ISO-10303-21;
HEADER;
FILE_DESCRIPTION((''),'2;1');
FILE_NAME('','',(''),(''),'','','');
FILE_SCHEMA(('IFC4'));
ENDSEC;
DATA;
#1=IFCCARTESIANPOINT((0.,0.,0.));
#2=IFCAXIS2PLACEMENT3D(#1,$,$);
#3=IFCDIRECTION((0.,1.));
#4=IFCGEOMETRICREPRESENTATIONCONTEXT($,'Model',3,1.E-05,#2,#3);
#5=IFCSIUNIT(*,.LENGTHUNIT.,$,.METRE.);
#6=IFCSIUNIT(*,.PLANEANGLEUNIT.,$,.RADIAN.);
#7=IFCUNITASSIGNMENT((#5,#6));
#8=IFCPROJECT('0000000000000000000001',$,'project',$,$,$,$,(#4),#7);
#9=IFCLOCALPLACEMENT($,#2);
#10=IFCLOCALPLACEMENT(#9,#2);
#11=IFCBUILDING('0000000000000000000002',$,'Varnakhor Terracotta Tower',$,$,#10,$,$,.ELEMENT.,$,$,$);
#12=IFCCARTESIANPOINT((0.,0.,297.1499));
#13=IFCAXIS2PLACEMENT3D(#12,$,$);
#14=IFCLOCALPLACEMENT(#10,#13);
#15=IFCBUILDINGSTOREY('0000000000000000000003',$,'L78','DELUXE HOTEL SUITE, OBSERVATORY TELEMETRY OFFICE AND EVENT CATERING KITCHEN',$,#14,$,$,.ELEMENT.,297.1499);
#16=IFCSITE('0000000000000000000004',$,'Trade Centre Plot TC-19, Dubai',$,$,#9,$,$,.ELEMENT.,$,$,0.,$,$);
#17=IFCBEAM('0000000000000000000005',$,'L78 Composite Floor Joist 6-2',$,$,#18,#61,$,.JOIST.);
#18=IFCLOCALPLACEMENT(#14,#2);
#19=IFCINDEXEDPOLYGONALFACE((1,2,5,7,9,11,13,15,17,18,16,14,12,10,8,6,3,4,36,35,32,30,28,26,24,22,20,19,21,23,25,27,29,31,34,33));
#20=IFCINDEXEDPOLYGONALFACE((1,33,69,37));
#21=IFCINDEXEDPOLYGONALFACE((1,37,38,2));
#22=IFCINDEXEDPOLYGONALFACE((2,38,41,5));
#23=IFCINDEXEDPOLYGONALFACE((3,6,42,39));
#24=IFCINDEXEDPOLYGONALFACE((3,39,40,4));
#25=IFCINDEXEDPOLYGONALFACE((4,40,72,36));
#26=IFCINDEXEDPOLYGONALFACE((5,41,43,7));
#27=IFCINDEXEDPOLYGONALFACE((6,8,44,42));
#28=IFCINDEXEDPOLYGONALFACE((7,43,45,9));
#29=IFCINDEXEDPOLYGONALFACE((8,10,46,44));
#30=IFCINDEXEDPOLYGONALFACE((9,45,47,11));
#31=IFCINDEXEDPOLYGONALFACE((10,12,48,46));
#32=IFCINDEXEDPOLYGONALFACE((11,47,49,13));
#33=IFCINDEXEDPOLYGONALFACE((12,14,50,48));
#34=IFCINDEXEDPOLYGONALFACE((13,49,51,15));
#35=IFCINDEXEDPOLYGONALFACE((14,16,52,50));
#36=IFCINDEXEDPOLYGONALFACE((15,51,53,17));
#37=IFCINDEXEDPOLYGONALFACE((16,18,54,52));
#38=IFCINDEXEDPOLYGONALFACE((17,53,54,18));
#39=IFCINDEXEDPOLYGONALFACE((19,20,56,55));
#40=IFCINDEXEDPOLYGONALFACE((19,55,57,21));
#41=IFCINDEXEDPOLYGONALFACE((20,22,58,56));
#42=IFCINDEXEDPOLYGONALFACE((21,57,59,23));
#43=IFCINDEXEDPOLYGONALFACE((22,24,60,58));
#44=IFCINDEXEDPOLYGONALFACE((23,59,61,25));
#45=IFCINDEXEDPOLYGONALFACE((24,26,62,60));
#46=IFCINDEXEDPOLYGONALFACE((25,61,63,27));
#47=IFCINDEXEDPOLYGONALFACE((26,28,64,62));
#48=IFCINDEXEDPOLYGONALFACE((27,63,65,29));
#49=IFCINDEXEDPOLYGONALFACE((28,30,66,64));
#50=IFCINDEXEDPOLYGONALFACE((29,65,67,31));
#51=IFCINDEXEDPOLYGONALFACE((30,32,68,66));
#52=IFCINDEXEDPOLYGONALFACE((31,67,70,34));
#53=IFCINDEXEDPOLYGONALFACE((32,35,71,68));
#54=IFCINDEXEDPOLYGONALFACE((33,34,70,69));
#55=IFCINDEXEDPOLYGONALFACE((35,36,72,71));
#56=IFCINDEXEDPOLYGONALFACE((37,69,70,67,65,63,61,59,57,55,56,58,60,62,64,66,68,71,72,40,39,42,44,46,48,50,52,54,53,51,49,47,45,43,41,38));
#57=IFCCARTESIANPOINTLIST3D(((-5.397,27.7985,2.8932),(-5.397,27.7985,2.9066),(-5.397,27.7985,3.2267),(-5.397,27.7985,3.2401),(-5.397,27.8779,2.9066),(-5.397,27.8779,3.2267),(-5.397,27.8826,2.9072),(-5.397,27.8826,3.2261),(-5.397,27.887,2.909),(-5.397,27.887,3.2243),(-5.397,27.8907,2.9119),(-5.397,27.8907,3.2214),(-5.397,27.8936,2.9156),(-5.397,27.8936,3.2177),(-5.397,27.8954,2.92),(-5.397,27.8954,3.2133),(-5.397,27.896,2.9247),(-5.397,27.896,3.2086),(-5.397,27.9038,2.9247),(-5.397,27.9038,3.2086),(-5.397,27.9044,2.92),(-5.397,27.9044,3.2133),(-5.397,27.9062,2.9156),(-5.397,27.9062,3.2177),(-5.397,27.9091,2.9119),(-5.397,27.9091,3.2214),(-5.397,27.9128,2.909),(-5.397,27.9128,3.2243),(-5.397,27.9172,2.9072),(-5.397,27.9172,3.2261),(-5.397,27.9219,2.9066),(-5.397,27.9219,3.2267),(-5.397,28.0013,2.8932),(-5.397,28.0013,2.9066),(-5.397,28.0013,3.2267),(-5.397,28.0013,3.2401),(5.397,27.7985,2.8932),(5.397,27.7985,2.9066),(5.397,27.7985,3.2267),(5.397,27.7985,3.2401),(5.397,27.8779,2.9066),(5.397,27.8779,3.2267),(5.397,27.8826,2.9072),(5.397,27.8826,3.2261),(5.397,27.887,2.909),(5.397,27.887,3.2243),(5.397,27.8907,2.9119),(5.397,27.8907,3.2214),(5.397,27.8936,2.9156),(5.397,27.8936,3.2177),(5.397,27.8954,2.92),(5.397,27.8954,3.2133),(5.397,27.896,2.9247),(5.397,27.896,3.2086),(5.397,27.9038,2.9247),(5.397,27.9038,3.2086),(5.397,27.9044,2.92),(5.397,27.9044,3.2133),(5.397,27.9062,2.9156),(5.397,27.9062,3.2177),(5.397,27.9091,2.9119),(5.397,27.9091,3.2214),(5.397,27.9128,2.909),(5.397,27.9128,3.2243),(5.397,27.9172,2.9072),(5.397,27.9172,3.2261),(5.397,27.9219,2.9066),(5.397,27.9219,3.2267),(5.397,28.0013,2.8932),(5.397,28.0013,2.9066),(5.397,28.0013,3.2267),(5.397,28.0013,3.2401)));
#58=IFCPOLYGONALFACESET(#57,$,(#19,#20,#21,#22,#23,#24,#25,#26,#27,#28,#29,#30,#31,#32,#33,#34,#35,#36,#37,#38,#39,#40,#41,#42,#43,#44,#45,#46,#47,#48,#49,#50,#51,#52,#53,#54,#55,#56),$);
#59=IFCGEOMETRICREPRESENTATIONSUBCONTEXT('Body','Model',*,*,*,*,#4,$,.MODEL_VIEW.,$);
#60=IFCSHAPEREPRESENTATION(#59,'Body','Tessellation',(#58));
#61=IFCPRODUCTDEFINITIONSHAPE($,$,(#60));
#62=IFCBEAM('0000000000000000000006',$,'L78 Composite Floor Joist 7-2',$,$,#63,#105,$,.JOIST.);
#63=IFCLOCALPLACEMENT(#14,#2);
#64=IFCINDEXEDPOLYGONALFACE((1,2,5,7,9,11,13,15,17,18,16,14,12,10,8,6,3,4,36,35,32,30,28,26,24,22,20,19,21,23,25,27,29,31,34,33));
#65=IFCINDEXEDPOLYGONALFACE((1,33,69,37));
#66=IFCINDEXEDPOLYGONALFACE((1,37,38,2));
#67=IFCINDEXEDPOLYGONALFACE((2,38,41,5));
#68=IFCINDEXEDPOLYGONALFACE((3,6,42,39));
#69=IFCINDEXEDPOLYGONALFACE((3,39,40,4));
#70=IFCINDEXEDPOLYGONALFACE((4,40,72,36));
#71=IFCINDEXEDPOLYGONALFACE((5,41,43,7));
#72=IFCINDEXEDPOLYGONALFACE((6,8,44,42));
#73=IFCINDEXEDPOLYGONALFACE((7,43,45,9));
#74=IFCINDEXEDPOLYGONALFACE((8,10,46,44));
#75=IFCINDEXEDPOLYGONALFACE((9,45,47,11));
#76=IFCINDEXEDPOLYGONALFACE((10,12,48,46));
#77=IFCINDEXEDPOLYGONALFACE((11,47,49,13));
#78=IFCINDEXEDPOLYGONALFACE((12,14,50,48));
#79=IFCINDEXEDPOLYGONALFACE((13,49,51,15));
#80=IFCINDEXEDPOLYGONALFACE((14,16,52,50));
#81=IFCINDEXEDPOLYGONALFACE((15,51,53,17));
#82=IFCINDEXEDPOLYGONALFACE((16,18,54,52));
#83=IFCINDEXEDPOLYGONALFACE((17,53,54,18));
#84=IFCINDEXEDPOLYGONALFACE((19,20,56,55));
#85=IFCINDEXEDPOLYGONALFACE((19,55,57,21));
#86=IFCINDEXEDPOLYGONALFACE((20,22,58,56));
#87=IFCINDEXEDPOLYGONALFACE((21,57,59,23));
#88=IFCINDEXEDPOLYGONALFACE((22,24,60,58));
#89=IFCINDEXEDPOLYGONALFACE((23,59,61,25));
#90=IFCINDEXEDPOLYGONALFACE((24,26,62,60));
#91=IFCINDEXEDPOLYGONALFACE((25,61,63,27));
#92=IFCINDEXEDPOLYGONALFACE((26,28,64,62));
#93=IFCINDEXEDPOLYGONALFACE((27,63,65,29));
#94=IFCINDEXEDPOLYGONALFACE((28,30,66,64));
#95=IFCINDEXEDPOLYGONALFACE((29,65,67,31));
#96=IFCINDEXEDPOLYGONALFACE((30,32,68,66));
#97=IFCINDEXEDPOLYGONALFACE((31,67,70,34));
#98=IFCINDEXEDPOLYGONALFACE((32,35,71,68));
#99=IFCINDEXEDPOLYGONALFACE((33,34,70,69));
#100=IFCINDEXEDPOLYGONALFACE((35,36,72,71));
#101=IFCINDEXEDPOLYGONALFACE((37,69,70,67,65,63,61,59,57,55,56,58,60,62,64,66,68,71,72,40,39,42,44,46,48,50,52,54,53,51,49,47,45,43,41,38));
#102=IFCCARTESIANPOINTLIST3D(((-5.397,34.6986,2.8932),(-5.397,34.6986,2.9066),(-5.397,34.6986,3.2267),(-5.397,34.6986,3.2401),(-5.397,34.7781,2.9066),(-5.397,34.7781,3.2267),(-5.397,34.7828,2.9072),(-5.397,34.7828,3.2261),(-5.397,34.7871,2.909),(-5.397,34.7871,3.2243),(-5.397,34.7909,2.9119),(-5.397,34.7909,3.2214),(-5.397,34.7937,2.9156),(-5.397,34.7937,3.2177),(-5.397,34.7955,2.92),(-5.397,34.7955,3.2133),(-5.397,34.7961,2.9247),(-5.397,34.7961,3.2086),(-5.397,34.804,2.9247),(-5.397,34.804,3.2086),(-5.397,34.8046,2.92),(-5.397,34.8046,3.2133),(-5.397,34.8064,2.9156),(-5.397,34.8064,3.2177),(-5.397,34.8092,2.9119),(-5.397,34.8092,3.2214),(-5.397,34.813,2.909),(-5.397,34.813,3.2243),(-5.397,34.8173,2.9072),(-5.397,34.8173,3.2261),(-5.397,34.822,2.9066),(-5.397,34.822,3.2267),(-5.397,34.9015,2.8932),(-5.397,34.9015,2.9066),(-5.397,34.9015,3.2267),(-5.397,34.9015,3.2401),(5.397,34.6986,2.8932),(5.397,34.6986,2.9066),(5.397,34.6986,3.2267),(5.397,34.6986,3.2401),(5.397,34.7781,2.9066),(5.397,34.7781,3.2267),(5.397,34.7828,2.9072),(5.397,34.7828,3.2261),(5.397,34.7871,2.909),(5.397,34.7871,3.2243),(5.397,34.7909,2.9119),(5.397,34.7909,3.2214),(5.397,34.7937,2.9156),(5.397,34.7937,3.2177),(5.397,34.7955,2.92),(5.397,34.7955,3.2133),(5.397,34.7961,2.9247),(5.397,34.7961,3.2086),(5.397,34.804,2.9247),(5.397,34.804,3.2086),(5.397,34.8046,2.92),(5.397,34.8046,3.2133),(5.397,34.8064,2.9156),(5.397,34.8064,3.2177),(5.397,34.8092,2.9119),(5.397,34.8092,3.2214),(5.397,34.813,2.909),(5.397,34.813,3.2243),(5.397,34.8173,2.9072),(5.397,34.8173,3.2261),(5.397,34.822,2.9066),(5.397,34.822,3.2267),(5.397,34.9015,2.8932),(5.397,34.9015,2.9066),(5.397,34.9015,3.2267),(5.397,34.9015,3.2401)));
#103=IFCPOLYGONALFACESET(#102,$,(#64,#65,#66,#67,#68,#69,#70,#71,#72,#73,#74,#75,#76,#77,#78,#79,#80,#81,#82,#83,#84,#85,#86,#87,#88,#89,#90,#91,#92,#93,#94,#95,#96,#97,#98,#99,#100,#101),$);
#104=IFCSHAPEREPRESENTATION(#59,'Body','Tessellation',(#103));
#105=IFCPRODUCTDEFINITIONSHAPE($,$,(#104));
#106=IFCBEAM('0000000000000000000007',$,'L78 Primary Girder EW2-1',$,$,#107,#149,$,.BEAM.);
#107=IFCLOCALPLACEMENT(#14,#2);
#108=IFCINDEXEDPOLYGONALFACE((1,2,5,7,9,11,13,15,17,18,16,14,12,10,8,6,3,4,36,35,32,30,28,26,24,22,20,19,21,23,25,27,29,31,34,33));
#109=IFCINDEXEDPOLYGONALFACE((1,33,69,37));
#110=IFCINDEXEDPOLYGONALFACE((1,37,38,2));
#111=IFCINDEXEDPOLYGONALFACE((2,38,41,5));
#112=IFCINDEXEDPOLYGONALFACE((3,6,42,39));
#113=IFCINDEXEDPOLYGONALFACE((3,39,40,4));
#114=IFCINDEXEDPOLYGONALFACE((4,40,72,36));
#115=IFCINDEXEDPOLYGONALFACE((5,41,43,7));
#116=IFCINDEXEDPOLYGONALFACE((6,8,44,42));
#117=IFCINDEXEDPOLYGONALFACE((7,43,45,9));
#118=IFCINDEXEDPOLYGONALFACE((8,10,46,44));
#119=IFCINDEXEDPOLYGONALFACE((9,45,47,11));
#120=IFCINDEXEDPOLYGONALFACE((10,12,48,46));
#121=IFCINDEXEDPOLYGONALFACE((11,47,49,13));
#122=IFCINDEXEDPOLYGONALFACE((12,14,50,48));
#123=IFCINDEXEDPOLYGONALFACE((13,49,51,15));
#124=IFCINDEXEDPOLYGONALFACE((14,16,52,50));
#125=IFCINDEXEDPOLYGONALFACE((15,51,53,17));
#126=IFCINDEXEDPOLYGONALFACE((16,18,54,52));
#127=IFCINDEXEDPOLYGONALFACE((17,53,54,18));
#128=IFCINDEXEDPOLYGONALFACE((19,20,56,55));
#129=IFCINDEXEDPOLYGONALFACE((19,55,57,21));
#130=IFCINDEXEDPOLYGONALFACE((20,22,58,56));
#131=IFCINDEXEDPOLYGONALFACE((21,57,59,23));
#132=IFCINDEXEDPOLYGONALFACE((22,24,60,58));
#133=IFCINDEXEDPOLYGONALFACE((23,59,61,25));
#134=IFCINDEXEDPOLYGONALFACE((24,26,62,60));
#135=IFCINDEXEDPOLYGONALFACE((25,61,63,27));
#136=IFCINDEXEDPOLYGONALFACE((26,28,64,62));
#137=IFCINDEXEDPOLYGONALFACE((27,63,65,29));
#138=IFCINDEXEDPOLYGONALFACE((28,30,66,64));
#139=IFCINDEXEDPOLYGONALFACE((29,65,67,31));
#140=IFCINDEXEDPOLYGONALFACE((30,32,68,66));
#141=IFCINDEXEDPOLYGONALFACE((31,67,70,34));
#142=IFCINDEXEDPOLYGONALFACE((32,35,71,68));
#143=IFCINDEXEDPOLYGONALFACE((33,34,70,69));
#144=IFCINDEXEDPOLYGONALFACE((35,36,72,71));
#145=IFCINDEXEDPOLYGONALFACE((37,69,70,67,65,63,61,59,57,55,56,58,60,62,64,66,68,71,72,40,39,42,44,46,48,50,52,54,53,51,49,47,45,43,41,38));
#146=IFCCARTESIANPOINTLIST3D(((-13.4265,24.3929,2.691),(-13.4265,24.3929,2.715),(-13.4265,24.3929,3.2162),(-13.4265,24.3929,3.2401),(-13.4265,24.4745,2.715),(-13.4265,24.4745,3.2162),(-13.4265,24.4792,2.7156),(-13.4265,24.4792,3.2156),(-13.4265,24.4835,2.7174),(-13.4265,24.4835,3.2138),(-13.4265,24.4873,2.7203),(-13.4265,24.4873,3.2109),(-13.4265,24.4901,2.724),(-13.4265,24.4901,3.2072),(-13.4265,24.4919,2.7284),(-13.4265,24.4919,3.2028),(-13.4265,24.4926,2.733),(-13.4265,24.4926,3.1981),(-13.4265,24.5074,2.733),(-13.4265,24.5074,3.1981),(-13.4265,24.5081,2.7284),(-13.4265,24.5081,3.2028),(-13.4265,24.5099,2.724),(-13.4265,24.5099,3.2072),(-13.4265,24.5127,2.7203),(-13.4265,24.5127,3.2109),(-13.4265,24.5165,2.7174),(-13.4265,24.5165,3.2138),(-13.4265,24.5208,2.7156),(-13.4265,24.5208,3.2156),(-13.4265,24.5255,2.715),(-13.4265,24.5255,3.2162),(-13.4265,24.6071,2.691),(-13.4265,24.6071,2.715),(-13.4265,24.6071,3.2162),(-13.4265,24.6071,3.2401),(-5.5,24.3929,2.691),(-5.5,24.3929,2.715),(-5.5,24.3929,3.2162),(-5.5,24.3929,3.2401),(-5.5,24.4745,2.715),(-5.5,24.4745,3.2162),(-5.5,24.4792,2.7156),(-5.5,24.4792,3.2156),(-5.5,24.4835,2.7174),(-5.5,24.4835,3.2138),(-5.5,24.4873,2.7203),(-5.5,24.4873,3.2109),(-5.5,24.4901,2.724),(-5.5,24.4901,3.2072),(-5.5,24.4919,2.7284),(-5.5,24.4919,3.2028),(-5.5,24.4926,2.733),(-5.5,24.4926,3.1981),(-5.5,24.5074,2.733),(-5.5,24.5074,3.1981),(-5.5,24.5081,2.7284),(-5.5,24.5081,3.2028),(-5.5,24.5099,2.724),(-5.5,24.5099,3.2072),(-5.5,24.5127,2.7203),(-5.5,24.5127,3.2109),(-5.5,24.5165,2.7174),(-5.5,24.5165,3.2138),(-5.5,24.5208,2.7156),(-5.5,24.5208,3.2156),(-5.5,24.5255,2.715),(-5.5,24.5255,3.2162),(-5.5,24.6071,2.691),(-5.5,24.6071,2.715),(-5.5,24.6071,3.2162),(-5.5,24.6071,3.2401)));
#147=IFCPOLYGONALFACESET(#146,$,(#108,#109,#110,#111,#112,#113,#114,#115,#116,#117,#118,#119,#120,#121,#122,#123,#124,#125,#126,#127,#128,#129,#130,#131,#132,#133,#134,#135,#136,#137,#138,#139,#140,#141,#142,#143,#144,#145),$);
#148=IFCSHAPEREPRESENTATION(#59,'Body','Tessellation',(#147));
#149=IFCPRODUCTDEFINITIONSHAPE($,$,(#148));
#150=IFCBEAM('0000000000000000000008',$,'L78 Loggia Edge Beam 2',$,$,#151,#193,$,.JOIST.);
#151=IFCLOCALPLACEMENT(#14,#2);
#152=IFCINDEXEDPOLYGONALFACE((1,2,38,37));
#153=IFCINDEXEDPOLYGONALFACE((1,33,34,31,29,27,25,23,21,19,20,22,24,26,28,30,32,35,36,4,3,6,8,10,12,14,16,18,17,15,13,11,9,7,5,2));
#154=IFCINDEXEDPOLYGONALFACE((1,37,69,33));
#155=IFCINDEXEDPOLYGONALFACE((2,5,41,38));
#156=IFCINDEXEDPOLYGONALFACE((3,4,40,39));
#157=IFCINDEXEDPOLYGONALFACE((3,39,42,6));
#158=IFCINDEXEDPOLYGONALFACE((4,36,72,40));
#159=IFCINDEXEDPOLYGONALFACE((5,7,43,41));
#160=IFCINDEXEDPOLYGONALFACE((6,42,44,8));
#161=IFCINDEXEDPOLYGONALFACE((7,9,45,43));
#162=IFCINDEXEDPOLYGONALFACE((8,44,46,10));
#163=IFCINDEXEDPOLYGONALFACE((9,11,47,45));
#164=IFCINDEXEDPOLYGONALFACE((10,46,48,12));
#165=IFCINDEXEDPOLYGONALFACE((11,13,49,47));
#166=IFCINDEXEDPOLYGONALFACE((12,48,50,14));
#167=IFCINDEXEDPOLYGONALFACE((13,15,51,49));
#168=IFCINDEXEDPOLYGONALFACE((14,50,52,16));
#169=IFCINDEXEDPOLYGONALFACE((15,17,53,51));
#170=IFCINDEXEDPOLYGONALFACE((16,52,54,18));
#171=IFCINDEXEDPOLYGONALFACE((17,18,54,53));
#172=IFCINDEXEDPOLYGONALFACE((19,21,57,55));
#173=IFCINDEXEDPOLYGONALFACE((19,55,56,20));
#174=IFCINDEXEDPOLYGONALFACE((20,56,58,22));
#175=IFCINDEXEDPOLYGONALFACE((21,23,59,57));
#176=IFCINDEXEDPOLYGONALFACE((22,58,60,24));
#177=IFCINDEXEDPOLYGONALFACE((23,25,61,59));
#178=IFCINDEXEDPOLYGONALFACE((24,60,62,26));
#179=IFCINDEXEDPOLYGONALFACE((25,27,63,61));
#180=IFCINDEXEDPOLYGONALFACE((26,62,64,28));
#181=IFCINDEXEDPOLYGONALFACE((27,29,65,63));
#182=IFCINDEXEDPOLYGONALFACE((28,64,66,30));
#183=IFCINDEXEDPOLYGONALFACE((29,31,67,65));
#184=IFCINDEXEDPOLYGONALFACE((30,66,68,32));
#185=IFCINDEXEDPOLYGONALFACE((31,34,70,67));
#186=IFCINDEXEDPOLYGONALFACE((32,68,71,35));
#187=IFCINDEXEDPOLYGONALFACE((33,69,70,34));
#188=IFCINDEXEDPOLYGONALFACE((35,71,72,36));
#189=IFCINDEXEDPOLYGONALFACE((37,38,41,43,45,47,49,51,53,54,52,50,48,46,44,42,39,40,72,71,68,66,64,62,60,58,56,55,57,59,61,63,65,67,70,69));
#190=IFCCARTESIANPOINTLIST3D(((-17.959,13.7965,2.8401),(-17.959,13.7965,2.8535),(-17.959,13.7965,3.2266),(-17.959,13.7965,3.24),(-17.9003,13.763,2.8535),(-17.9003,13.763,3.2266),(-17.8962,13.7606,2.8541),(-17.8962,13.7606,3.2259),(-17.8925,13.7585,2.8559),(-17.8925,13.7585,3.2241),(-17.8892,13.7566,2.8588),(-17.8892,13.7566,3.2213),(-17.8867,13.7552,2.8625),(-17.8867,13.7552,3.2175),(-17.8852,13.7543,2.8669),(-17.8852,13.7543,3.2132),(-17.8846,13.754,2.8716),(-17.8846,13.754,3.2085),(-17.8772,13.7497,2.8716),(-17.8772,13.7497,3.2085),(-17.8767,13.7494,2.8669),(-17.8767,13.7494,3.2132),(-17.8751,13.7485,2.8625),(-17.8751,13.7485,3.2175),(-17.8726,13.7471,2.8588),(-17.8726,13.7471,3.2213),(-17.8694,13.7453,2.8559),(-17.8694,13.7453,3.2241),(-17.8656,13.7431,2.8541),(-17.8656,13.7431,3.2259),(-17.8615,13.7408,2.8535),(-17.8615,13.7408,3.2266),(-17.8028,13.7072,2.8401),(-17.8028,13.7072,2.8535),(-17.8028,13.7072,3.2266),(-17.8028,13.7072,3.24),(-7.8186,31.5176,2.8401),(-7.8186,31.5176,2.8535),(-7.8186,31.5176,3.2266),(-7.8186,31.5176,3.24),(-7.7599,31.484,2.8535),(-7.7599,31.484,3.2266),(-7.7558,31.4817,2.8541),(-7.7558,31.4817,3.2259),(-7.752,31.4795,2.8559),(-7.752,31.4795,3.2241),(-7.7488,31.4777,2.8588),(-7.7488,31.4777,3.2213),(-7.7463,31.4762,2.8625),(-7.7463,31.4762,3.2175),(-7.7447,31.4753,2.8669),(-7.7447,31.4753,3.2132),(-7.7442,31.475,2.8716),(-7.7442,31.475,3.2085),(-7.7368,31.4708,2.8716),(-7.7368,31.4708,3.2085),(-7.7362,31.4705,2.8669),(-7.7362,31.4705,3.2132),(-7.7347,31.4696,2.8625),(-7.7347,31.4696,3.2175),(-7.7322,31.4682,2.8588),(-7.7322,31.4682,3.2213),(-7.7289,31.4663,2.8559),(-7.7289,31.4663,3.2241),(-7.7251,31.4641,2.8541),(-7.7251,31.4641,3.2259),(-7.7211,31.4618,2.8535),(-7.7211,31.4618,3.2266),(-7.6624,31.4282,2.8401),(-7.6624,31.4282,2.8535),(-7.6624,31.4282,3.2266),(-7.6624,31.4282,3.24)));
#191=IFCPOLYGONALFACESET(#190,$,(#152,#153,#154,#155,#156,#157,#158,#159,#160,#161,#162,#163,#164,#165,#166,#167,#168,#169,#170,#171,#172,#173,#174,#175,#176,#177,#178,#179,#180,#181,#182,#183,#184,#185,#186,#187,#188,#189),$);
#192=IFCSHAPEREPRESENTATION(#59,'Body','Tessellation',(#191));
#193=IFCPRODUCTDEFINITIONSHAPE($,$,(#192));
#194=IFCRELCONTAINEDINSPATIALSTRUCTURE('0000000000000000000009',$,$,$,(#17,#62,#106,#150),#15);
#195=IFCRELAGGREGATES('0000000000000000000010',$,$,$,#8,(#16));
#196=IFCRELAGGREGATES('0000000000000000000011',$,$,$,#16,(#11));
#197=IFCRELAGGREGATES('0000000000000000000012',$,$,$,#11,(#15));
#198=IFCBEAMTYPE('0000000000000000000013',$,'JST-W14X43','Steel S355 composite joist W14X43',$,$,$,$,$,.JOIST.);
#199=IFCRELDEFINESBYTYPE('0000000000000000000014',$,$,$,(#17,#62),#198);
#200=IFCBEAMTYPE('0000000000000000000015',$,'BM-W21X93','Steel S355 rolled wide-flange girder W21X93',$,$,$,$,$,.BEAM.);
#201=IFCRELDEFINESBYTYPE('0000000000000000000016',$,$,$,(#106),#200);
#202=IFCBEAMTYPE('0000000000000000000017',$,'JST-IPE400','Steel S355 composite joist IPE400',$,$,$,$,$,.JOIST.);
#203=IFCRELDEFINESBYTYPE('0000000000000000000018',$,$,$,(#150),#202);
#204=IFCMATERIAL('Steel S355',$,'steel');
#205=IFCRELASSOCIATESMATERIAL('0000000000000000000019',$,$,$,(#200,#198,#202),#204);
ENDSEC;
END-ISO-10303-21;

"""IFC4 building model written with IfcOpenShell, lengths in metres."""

from ifc_helpers import new_model, si_unit, direction, frame, origin, origin_2d, place, context, subcontext, project, spatial, i_section, extrude, source, transform, mapped, material, material_profile, profile_set, type_object, element, save


model = new_model("IFC4")

# Units and contexts
model_context = context("Model", 3, precision=1e-05, world=origin(), true_north=direction((0.0, 1.0)))
body_context = subcontext(model_context, "Body", "Model", "MODEL_VIEW")
ifc_project = project(units=[si_unit("LENGTHUNIT", "METRE"), si_unit("PLANEANGLEUNIT", "RADIAN")], contexts=[model_context])

# Site, building, storey
site_placement = place(None, origin())
site = spatial("IfcSite", under=ifc_project, at=site_placement, Name="Trade Centre Plot TC-19, Dubai", CompositionType="ELEMENT", RefElevation=0.0)
building_placement = place(site_placement, origin())
building = spatial("IfcBuilding", under=site, at=building_placement, Name="Varnakhor Terracotta Tower", CompositionType="ELEMENT")
storey_placement = place(building_placement, frame((0.0, 0.0, 297.1499)))
storey = spatial("IfcBuildingStorey", under=building, at=storey_placement, Name="L78", Description="DELUXE HOTEL SUITE, OBSERVATORY TELEMETRY OFFICE AND EVENT CATERING KITCHEN", CompositionType="ELEMENT", Elevation=297.1499)

# Beams
ifc_material_1 = material(Name="Steel S355", Category="steel")
ifc_material_profile_1 = material_profile(ifc_material_1, i_section(OverallWidth=0.2141, OverallDepth=0.5491, WebThickness=0.0149, FlangeThickness=0.0239, FilletRadius=0.0181, at=origin_2d()), Name="W21X93")
ifc_profile_set_1 = profile_set([ifc_material_profile_1], Name="Steel S355")
beam_type_1 = type_object("IfcBeamType", Name="BM-W21X93", Description="Steel S355 rolled wide-flange girder W21X93", PredefinedType="BEAM", material=ifc_profile_set_1)
ifc_material_profile_2 = material_profile(ifc_material_1, i_section(OverallWidth=0.2029, OverallDepth=0.3469, WebThickness=0.0078, FlangeThickness=0.0134, FilletRadius=0.0181, at=origin_2d()), Name="W14X43")
ifc_profile_set_2 = profile_set([ifc_material_profile_2], Name="Steel S355")
beam_type_2 = type_object("IfcBeamType", Name="JST-W14X43", Description="Steel S355 composite joist W14X43", PredefinedType="JOIST", material=ifc_profile_set_2)
shared_shape_1 = source(origin(), body_context, "Body", "SweptSolid", [
    extrude(i_section(OverallWidth=0.2029, OverallDepth=0.3469, WebThickness=0.0078, FlangeThickness=0.0134, FilletRadius=0.0181, at=origin_2d()), origin(), (0.0, 0.0, 1.0), 10.7939),
])
for number, where, z_axis, x_axis, name in (
    (1, (-5.397, 27.8999, 3.0667), (1.0, 0.0, 0.0), (0.0, 1.0, 0.0), "L78 Composite Floor Joist 6-2"),
    (2, (-5.397, 34.8, 3.0667), (1.0, 0.0, 0.0), (0.0, 1.0, 0.0), "L78 Composite Floor Joist 7-2"),
):
    element("IfcBeam", number, at=place(storey_placement, frame(where, z_axis=z_axis, x_axis=x_axis)), inside=storey, type_object=beam_type_2, Name=name, PredefinedType="JOIST", context=body_context, shape_type="MappedRepresentation", body=[
        mapped(shared_shape_1, transform((0.0, 0.0, 0.0), scale=1.0)),
    ])
shared_shape_2 = source(origin(), body_context, "Body", "SweptSolid", [
    extrude(i_section(OverallWidth=0.2141, OverallDepth=0.5491, WebThickness=0.0149, FlangeThickness=0.0239, FilletRadius=0.0181, at=origin_2d()), origin(), (0.0, 0.0, 1.0), 7.9265),
])
beam_1_placement = place(storey_placement, frame((-13.4265, 24.5, 2.9656), z_axis=(1.0, 0.0, 0.0), x_axis=(0.0, 1.0, 0.0)))
element("IfcBeam", 3, at=beam_1_placement, inside=storey, type_object=beam_type_1, Name="L78 Primary Girder EW2-1", PredefinedType="BEAM", context=body_context, shape_type="MappedRepresentation", body=[
    mapped(shared_shape_2, transform((0.0, 0.0, 0.0), scale=1.0)),
])
ifc_material_profile_3 = material_profile(ifc_material_1, i_section(OverallWidth=0.1799, OverallDepth=0.3999, WebThickness=0.0085, FlangeThickness=0.0134, FilletRadius=0.0181, at=origin_2d()), Name="IPE400")
ifc_profile_set_3 = profile_set([ifc_material_profile_3], Name="Steel S355")
beam_type_3 = type_object("IfcBeamType", Name="JST-IPE400", Description="Steel S355 composite joist IPE400", PredefinedType="JOIST", material=ifc_profile_set_3)
shared_shape_3 = source(origin(), body_context, "Body", "SweptSolid", [
    extrude(i_section(OverallWidth=0.1799, OverallDepth=0.3999, WebThickness=0.0085, FlangeThickness=0.0134, FilletRadius=0.0181, at=origin_2d()), origin(), (0.0, 0.0, 1.0), 20.4172),
])
beam_2_placement = place(storey_placement, frame((-7.7405, 31.4729, 3.04), z_axis=(-0.49666, -0.867945, 0.0), x_axis=(0.867945, -0.49666, 0.0)))
element("IfcBeam", 4, at=beam_2_placement, inside=storey, type_object=beam_type_3, Name="L78 Loggia Edge Beam 2", PredefinedType="JOIST", context=body_context, shape_type="MappedRepresentation", body=[
    mapped(shared_shape_3, transform((0.0, 0.0, 0.0), scale=1.0)),
])

save(model, "model.ifc")
